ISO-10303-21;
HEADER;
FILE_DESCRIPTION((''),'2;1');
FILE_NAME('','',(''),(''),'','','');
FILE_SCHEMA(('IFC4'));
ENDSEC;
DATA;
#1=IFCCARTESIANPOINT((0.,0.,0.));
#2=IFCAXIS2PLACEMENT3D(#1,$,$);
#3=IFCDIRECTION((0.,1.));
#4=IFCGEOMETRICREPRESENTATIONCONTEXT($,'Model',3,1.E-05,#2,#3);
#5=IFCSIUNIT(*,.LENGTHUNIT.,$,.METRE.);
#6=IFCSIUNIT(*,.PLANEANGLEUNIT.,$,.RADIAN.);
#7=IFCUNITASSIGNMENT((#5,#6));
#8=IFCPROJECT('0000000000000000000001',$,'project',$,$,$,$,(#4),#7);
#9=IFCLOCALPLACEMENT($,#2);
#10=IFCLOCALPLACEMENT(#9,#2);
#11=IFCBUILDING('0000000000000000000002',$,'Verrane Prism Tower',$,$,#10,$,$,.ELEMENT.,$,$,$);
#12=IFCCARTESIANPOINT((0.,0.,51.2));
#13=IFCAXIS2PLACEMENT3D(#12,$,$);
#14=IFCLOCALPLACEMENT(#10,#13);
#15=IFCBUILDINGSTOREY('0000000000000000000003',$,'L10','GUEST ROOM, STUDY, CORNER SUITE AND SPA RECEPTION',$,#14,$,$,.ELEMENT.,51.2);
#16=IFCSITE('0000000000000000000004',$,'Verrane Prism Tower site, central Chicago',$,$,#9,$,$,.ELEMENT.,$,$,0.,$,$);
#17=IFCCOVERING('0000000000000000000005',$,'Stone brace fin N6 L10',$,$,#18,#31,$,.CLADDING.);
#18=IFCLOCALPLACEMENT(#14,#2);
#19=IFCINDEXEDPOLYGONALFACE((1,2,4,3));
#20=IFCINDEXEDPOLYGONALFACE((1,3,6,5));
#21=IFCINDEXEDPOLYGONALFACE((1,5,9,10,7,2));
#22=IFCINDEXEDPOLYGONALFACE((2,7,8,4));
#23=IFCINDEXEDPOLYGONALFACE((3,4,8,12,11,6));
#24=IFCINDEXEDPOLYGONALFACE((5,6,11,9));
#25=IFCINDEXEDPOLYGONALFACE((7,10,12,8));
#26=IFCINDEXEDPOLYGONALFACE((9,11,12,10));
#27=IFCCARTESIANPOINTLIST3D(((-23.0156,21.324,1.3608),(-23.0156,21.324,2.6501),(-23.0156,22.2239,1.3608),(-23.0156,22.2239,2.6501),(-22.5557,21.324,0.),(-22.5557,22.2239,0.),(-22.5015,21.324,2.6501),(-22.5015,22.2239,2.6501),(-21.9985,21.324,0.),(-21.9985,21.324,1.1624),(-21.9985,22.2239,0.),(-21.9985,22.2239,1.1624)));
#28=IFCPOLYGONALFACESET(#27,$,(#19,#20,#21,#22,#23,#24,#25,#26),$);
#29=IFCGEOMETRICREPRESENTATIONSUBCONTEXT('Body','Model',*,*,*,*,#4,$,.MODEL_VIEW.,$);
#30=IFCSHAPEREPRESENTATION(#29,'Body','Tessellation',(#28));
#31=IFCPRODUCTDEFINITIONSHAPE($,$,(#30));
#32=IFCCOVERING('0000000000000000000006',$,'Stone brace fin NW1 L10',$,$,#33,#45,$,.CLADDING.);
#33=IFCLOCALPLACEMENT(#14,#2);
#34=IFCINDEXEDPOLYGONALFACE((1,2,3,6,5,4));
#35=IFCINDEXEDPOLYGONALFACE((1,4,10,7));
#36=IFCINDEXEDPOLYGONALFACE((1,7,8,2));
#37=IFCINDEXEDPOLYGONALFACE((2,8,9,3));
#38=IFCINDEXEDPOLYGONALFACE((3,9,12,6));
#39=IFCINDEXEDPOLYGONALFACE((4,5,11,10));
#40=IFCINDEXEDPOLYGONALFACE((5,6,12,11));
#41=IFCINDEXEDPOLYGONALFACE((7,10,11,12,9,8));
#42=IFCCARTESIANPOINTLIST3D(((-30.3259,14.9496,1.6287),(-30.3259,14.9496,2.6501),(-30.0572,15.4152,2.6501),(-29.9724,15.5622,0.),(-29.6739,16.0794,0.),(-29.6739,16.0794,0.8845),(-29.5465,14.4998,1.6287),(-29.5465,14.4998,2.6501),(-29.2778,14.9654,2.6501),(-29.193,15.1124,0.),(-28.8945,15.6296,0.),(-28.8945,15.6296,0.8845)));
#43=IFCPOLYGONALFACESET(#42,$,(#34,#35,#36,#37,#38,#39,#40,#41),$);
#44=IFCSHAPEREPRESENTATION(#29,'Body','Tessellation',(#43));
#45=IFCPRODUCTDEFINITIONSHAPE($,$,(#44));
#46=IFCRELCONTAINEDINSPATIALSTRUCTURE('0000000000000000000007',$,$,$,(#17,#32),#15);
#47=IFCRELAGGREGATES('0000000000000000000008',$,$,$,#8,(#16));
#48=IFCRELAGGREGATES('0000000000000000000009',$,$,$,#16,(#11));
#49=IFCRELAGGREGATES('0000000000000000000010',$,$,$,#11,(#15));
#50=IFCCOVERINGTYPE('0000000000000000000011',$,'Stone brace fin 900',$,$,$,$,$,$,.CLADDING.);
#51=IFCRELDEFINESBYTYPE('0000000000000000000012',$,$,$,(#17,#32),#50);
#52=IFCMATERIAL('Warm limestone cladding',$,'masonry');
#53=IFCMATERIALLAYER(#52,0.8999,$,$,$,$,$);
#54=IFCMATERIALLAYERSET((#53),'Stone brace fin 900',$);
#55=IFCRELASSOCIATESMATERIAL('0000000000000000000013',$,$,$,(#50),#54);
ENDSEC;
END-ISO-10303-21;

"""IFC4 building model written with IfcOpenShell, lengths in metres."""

from ifc_helpers import new_model, si_unit, direction, frame, origin, place, context, subcontext, project, spatial, polyline, outline, extrude, material, layer, layer_set, type_object, element, save


model = new_model("IFC4")

# Units and contexts
model_context = context("Model", 3, precision=1e-05, world=origin(), true_north=direction((0.0, 1.0)))
body_context = subcontext(model_context, "Body", "Model", "MODEL_VIEW")
ifc_project = project(units=[si_unit("LENGTHUNIT", "METRE"), si_unit("PLANEANGLEUNIT", "RADIAN")], contexts=[model_context])

# Site, building, storey
site_placement = place(None, origin())
site = spatial("IfcSite", under=ifc_project, at=site_placement, Name="Verrane Prism Tower site, central Chicago", CompositionType="ELEMENT", RefElevation=0.0)
building_placement = place(site_placement, origin())
building = spatial("IfcBuilding", under=site, at=building_placement, Name="Verrane Prism Tower", CompositionType="ELEMENT")
storey_placement = place(building_placement, frame((0.0, 0.0, 51.2)))
storey = spatial("IfcBuildingStorey", under=building, at=storey_placement, Name="L10", Description="GUEST ROOM, STUDY, CORNER SUITE AND SPA RECEPTION", CompositionType="ELEMENT", Elevation=51.2)

# Coverings
ifc_material_1 = material(Name="Warm limestone cladding", Category="masonry")
ifc_layer_1 = layer(ifc_material_1, 0.8999)
ifc_layer_set_1 = layer_set([ifc_layer_1], Name="Stone brace fin 900")
covering_type = type_object("IfcCoveringType", Name="Stone brace fin 900", PredefinedType="CLADDING", material=ifc_layer_set_1)
covering_1_placement = place(storey_placement, frame((-21.9985, 21.7739, 0.0), z_axis=(0.0, 0.0, 1.0), x_axis=(-1.0, 0.0, 0.0)))
element("IfcCovering", 1, at=covering_1_placement, inside=storey, type_object=covering_type, Name="Stone brace fin N6 L10", PredefinedType="CLADDING", context=body_context, shape_type="SweptSolid", body=[
    extrude(outline(polyline([(1.0171, 2.6501), (0.5029, 2.6501), (0.0, 1.1624), (0.0, 0.0), (0.5571, 0.0), (1.0171, 1.3608), (1.0171, 2.6501)])), frame((0.0, 0.45, 0.0), z_axis=(0.0, -1.0, 0.0), x_axis=(1.0, 0.0, 0.0)), (0.0, 0.0, 1.0), 0.8999),
])
covering_2_placement = place(storey_placement, frame((-29.2842, 15.8545, 0.0), z_axis=(0.0, 0.0, 1.0), x_axis=(-0.499863, -0.866105, 0.0)))
element("IfcCovering", 2, at=covering_2_placement, inside=storey, type_object=covering_type, Name="Stone brace fin NW1 L10", PredefinedType="CLADDING", context=body_context, shape_type="SweptSolid", body=[
    extrude(outline(polyline([(1.3044, 2.6501), (0.7668, 2.6501), (0.0, 0.8845), (0.0, 0.0), (0.5972, 0.0), (1.3044, 1.6287), (1.3044, 2.6501)])), frame((0.0, 0.45, 0.0), z_axis=(0.0, -1.0, 0.0), x_axis=(1.0, 0.0, 0.0)), (0.0, 0.0, 1.0), 0.8999),
])

save(model, "model.ifc")
